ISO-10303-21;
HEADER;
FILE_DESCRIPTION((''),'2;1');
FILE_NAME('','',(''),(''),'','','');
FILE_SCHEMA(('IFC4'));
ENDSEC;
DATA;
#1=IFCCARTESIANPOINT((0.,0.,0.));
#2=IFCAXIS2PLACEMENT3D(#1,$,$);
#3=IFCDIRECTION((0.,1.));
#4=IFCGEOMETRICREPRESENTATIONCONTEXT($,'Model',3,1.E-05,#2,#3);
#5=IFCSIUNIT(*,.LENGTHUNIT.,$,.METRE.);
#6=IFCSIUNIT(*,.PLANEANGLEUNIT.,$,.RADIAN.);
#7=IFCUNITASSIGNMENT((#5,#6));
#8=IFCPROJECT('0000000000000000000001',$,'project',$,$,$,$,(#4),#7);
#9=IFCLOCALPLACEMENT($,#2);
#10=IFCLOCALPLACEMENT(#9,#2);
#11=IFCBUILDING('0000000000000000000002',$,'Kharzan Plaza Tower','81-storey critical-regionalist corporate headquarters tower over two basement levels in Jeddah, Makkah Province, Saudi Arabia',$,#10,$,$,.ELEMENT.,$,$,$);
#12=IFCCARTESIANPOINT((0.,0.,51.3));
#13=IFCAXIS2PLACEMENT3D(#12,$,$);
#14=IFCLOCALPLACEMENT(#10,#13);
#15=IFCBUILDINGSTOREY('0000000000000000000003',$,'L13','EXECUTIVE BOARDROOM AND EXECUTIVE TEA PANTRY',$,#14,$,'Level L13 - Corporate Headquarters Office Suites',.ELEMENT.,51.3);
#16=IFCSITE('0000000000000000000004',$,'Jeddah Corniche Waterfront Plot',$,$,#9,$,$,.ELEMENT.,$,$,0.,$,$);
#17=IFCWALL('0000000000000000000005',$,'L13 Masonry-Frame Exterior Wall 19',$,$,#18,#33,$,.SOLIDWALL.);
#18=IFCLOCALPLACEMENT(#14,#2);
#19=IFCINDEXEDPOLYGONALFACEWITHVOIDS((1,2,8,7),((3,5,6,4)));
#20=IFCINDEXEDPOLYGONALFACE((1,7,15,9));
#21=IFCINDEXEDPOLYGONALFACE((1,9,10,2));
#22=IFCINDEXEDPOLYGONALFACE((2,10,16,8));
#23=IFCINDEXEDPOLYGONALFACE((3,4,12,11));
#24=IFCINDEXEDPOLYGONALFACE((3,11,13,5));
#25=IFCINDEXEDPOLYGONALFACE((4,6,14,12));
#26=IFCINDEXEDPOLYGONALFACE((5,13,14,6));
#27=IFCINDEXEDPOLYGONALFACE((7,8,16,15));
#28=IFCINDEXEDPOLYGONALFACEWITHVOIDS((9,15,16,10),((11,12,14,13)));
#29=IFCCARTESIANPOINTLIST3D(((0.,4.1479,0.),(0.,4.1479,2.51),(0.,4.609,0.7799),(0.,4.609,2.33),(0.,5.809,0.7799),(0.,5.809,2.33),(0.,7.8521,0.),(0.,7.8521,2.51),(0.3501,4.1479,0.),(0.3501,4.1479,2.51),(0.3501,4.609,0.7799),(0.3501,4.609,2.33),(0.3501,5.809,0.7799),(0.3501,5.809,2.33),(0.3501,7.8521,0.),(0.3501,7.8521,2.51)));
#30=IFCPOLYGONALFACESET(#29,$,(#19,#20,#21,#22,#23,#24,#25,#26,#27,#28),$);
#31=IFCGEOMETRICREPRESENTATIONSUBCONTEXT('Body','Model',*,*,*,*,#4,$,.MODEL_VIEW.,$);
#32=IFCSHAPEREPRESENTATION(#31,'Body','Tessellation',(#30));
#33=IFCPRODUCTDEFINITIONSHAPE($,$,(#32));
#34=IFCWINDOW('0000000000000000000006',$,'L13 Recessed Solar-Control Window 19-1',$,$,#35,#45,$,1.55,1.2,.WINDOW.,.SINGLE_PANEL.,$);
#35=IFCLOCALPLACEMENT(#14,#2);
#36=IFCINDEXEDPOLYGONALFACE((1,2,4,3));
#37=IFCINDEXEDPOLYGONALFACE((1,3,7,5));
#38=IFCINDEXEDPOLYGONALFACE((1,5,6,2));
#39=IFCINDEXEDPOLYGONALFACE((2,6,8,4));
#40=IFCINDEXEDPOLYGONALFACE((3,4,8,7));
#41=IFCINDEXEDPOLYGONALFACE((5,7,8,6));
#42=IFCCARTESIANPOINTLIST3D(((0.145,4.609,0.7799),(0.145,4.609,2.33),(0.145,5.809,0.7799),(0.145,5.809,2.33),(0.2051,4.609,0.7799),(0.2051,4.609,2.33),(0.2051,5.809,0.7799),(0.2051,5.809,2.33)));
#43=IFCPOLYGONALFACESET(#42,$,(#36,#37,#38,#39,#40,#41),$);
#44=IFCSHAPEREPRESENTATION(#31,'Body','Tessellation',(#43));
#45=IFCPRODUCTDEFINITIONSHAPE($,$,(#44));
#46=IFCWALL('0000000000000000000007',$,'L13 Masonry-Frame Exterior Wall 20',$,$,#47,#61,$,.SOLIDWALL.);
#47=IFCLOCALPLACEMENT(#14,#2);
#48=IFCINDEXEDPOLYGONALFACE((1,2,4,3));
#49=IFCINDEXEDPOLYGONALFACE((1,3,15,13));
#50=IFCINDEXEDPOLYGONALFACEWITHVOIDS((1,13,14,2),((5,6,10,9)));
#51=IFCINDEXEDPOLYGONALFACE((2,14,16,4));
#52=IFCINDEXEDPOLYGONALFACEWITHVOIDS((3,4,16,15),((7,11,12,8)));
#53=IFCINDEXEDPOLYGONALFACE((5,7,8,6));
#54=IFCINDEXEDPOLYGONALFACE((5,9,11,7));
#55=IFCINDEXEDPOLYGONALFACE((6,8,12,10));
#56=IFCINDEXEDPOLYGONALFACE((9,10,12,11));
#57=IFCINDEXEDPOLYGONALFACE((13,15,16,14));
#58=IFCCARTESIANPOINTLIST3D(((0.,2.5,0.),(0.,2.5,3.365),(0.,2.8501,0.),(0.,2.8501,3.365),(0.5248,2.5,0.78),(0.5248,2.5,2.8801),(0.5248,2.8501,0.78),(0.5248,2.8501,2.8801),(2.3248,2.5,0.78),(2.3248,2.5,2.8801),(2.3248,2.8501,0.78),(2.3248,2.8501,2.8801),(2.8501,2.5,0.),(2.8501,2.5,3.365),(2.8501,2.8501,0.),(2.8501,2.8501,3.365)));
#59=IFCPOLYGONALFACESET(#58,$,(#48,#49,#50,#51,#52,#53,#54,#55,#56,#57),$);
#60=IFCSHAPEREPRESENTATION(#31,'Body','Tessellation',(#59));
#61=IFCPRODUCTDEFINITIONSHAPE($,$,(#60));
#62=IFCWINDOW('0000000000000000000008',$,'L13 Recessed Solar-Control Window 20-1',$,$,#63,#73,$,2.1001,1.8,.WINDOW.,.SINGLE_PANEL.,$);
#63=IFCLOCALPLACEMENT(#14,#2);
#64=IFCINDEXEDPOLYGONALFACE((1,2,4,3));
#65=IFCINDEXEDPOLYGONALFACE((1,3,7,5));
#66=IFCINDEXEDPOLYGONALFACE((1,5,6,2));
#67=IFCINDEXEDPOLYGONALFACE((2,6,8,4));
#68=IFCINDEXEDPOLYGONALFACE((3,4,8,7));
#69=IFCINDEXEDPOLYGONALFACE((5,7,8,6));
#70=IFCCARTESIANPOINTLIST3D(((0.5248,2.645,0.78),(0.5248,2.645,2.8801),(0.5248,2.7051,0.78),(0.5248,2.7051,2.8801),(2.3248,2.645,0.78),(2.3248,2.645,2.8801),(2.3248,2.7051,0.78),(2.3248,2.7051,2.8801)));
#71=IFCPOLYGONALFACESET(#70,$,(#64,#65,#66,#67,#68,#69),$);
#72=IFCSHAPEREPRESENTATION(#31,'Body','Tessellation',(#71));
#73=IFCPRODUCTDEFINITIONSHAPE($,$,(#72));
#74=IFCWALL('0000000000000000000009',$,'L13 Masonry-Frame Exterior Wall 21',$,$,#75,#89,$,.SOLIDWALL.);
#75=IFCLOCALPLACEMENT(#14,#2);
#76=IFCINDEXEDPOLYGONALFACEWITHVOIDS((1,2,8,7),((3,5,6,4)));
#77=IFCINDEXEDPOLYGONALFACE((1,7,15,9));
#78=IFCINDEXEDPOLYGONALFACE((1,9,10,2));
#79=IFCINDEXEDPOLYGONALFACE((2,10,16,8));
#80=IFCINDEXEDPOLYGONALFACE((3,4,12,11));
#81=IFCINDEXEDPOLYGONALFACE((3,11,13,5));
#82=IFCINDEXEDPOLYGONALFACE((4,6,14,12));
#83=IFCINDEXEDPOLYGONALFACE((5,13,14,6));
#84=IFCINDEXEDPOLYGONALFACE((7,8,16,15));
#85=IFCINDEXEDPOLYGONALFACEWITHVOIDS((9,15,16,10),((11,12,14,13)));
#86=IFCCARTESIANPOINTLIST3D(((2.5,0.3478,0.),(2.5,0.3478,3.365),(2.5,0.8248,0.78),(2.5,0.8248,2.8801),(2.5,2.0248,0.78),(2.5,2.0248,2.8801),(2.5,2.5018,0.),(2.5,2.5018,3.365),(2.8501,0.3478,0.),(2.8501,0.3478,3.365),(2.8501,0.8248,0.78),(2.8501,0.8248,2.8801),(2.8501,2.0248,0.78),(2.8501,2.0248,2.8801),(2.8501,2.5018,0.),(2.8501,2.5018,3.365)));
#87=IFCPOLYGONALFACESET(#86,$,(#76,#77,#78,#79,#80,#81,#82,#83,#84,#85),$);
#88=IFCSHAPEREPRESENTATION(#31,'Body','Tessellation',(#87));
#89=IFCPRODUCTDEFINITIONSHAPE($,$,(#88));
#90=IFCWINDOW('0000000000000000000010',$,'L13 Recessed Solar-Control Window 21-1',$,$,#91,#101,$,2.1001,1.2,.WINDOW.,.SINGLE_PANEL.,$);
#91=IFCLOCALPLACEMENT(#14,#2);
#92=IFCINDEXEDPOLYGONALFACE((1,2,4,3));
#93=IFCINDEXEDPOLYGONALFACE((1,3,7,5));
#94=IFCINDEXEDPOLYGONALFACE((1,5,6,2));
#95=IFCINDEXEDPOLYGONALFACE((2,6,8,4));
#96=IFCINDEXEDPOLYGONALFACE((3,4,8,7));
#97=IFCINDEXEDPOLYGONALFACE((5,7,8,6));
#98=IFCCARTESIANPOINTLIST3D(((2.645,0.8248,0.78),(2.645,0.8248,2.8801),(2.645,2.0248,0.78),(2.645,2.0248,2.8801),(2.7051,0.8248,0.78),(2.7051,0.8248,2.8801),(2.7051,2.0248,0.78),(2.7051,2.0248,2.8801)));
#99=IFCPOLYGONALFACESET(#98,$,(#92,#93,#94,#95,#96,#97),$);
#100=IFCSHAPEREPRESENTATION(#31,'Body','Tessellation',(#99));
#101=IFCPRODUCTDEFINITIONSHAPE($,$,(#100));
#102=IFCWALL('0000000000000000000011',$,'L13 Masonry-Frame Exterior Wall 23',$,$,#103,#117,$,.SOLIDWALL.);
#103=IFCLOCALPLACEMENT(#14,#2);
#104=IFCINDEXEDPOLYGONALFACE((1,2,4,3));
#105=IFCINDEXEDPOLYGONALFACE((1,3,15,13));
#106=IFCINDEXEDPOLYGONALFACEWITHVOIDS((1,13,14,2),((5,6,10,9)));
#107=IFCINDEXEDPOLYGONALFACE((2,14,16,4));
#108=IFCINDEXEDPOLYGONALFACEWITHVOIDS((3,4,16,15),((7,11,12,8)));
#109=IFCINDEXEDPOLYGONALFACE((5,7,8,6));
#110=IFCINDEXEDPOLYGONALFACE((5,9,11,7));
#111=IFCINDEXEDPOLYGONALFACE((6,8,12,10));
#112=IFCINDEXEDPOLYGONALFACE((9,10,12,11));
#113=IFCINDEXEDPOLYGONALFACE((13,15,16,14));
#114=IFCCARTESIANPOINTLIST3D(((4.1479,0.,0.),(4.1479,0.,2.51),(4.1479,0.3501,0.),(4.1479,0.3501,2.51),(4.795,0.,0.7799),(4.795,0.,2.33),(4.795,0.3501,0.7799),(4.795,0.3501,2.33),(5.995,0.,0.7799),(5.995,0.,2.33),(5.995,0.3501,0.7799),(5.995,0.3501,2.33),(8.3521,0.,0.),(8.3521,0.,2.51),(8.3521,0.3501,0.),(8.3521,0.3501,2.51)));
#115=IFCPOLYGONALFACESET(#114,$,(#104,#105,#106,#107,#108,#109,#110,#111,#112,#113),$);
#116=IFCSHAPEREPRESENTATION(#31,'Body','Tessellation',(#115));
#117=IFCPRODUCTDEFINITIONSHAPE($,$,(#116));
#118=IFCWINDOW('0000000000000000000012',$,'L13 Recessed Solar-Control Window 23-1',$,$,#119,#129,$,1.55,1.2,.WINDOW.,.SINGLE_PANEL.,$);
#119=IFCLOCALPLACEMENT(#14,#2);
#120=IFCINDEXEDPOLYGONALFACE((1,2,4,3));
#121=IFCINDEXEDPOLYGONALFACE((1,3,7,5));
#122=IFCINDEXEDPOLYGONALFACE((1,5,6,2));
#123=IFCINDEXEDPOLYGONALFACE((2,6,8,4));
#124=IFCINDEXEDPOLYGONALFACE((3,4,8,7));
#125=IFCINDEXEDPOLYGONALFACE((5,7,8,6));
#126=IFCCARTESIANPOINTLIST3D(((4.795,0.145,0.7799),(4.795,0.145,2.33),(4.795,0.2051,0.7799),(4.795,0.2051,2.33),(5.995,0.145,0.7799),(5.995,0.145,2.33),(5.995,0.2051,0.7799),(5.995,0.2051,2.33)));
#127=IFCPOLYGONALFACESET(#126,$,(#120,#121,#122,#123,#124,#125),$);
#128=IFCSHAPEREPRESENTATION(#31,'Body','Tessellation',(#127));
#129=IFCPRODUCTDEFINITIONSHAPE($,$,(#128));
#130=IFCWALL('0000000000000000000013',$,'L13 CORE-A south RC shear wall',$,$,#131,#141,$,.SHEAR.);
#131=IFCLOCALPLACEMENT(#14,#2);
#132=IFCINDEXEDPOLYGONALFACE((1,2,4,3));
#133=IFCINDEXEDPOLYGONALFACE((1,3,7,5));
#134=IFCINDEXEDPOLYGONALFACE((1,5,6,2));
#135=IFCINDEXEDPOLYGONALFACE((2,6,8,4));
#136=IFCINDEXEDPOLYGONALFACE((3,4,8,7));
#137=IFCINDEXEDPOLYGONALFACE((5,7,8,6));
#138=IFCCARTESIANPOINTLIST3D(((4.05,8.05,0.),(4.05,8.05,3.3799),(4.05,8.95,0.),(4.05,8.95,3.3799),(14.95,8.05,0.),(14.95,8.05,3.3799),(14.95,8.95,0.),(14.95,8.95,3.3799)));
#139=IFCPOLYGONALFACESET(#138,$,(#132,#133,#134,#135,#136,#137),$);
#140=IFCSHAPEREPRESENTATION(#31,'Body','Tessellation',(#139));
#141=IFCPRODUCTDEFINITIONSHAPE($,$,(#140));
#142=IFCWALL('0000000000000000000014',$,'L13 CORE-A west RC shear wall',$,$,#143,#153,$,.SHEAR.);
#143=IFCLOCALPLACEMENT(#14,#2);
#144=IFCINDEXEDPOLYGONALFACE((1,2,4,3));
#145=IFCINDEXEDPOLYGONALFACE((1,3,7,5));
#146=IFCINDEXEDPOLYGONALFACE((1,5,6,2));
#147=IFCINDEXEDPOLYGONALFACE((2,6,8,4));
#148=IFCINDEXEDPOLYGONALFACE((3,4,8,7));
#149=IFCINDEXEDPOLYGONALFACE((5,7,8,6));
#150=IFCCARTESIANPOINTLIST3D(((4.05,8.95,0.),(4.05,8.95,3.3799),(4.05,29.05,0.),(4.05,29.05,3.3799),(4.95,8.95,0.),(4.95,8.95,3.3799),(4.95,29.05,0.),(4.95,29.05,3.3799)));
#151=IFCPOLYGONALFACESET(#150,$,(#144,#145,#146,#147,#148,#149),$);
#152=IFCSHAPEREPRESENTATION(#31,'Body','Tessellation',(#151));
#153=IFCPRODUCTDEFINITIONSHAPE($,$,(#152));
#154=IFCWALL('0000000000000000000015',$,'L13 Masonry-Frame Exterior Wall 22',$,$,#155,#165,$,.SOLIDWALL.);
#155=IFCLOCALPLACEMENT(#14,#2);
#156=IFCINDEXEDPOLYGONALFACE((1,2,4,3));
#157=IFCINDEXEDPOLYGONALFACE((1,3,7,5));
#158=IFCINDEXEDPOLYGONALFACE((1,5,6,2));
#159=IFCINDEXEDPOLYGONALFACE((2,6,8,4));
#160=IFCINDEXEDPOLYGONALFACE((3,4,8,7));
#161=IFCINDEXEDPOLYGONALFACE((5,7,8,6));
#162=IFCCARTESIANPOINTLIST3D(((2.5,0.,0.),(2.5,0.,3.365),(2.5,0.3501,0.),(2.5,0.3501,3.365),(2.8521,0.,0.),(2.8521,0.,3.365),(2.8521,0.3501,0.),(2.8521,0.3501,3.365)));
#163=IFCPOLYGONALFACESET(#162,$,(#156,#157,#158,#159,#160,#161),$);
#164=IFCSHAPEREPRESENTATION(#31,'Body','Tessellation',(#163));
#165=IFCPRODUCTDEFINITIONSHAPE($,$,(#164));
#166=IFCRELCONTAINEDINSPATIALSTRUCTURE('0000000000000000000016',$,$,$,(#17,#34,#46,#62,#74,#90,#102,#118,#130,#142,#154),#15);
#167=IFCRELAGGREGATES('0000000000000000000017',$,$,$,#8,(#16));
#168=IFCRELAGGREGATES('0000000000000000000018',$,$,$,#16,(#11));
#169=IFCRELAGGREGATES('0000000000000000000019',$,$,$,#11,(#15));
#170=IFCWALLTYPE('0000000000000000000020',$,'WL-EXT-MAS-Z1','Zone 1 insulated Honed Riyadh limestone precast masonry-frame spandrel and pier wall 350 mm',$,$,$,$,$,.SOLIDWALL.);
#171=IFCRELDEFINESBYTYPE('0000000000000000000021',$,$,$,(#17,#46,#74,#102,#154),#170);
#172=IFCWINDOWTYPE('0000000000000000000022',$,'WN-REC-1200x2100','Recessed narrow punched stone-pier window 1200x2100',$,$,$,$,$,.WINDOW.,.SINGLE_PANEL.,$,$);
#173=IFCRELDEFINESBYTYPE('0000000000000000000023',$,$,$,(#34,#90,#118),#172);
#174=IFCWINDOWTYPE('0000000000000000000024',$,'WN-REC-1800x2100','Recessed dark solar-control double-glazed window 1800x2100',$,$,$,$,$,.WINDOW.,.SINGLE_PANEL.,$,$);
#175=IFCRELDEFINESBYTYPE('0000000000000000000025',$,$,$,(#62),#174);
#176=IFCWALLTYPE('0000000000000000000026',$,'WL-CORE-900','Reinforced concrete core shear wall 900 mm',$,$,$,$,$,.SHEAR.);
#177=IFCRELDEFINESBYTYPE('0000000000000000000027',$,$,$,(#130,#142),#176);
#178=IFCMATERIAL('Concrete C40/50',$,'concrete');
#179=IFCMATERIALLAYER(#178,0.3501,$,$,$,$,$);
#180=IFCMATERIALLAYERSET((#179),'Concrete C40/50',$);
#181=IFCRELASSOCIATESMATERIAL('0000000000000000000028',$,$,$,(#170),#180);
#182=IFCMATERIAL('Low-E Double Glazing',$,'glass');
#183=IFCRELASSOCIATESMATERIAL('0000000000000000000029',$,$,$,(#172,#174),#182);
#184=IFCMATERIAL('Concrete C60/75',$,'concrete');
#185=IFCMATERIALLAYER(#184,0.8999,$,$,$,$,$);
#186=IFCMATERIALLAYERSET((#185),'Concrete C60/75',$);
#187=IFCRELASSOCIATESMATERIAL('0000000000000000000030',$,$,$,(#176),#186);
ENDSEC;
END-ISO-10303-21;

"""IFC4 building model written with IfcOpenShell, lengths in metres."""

from ifc_helpers import new_model, si_unit, direction, frame, frame_2d, origin, place, context, subcontext, project, spatial, rectangle, extrude, source, transform, mapped, material, layer, layer_set, type_object, element, fill, save


model = new_model("IFC4")

# Units and contexts
model_context = context("Model", 3, precision=1e-05, world=origin(), true_north=direction((0.0, 1.0)))
body_context = subcontext(model_context, "Body", "Model", "MODEL_VIEW")
ifc_project = project(units=[si_unit("LENGTHUNIT", "METRE"), si_unit("PLANEANGLEUNIT", "RADIAN")], contexts=[model_context])

# Site, building, storey
site_placement = place(None, origin())
site = spatial("IfcSite", under=ifc_project, at=site_placement, Name="Jeddah Corniche Waterfront Plot", CompositionType="ELEMENT", RefElevation=0.0)
building_placement = place(site_placement, origin())
building = spatial("IfcBuilding", under=site, at=building_placement, Name="Kharzan Plaza Tower", Description="81-storey critical-regionalist corporate headquarters tower over two basement levels in Jeddah, Makkah Province, Saudi Arabia", CompositionType="ELEMENT")
storey_placement = place(building_placement, frame((0.0, 0.0, 51.3)))
storey = spatial("IfcBuildingStorey", under=building, at=storey_placement, Name="L13", Description="EXECUTIVE BOARDROOM AND EXECUTIVE TEA PANTRY", LongName="Level L13 - Corporate Headquarters Office Suites", CompositionType="ELEMENT", Elevation=51.3)

# Shared definitions
ifc_material_1 = material(Name="Concrete C60/75", Category="concrete")

# Shared definitions
ifc_material_2 = material(Name="Concrete C40/50", Category="concrete")

# Walls, openings, windows
ifc_layer_1 = layer(ifc_material_2, 0.3501)
ifc_layer_set_1 = layer_set([ifc_layer_1], Name="Concrete C40/50")
wall_type_1 = type_object("IfcWallType", Name="WL-EXT-MAS-Z1", Description="Zone 1 insulated Honed Riyadh limestone precast masonry-frame spandrel and pier wall 350 mm", PredefinedType="SOLIDWALL", material=ifc_layer_set_1)
wall_1_placement = place(storey_placement, frame((0.175, 7.8521, 0.0), z_axis=(0.0, 0.0, 1.0), x_axis=(0.0, -1.0, 0.0)))
wall_1 = element("IfcWall", 1, at=wall_1_placement, inside=storey, type_object=wall_type_1, Name="L13 Masonry-Frame Exterior Wall 19", PredefinedType="SOLIDWALL", context=body_context, shape_type="SweptSolid", body=[
    extrude(rectangle(XDim=3.7041, YDim=0.3501, at=frame_2d((1.8521, 0.0))), origin(), (0.0, 0.0, 1.0), 2.51),
])
opening_1_placement = place(wall_1_placement, frame((2.043, 0.0, 0.78)))
opening_1 = element("IfcOpeningElement", 2, at=opening_1_placement, cuts=wall_1, PredefinedType="OPENING", context=body_context, shape_type="SweptSolid", body=[
    extrude(rectangle(XDim=1.2, YDim=1.55, at=frame_2d((0.6001, 0.7749))), frame((0.0, 0.1851, 0.0), z_axis=(0.0, -1.0, 0.0), x_axis=(1.0, 0.0, 0.0)), (0.0, 0.0, 1.0), 0.3701),
])
ifc_material_3 = material(Name="Low-E Double Glazing", Category="glass")
window_type_1 = type_object("IfcWindowType", Name="WN-REC-1200x2100", Description="Recessed narrow punched stone-pier window 1200x2100", PartitioningType="SINGLE_PANEL", PredefinedType="WINDOW", material=ifc_material_3)
shared_shape_1 = source(origin(), body_context, "Body", "SweptSolid", [
    extrude(rectangle(XDim=1.2, YDim=1.55, at=frame_2d((0.6001, 0.7749))), frame((0.0, 0.03, 0.0), z_axis=(0.0, -1.0, 0.0), x_axis=(1.0, 0.0, 0.0)), (0.0, 0.0, 1.0), 0.0601),
])
window_1_placement = place(opening_1_placement, origin())
window_1 = element("IfcWindow", 3, at=window_1_placement, inside=storey, type_object=window_type_1, Name="L13 Recessed Solar-Control Window 19-1", OverallHeight=1.55, OverallWidth=1.2, PartitioningType="SINGLE_PANEL", PredefinedType="WINDOW", context=body_context, shape_type="MappedRepresentation", body=[
    mapped(shared_shape_1, transform((0.0, 0.0, 0.0), x_axis=(1.0, 0.0, 0.0), y_axis=(0.0, 1.0, 0.0), z_axis=(0.0, 0.0, 1.0))),
])
fill(opening_1, window_1)
wall_2_placement = place(storey_placement, frame((0.0, 2.675, 0.0), z_axis=(0.0, 0.0, 1.0), x_axis=(1.0, 0.0, 0.0)))
wall_2 = element("IfcWall", 4, at=wall_2_placement, inside=storey, type_object=wall_type_1, Name="L13 Masonry-Frame Exterior Wall 20", PredefinedType="SOLIDWALL", context=body_context, shape_type="SweptSolid", body=[
    extrude(rectangle(XDim=2.8501, YDim=0.3501, at=frame_2d((1.425, 0.0))), origin(), (0.0, 0.0, 1.0), 3.365),
])
opening_2_placement = place(wall_2_placement, frame((0.5249, 0.0, 0.78)))
opening_2 = element("IfcOpeningElement", 5, at=opening_2_placement, cuts=wall_2, PredefinedType="OPENING", context=body_context, shape_type="SweptSolid", body=[
    extrude(rectangle(XDim=1.8, YDim=2.1001, at=frame_2d((0.8999, 1.05))), frame((0.0, 0.1851, 0.0), z_axis=(0.0, -1.0, 0.0), x_axis=(1.0, 0.0, 0.0)), (0.0, 0.0, 1.0), 0.3701),
])
window_type_2 = type_object("IfcWindowType", Name="WN-REC-1800x2100", Description="Recessed dark solar-control double-glazed window 1800x2100", PartitioningType="SINGLE_PANEL", PredefinedType="WINDOW", material=ifc_material_3)
shared_shape_2 = source(origin(), body_context, "Body", "SweptSolid", [
    extrude(rectangle(XDim=1.8, YDim=2.1001, at=frame_2d((0.8999, 1.05))), frame((0.0, 0.03, 0.0), z_axis=(0.0, -1.0, 0.0), x_axis=(1.0, 0.0, 0.0)), (0.0, 0.0, 1.0), 0.0601),
])
window_2_placement = place(opening_2_placement, origin())
window_2 = element("IfcWindow", 6, at=window_2_placement, inside=storey, type_object=window_type_2, Name="L13 Recessed Solar-Control Window 20-1", OverallHeight=2.1001, OverallWidth=1.8, PartitioningType="SINGLE_PANEL", PredefinedType="WINDOW", context=body_context, shape_type="MappedRepresentation", body=[
    mapped(shared_shape_2, transform((0.0, 0.0, 0.0), x_axis=(1.0, 0.0, 0.0), y_axis=(0.0, 1.0, 0.0), z_axis=(0.0, 0.0, 1.0))),
])
fill(opening_2, window_2)
wall_3_placement = place(storey_placement, frame((2.675, 2.502, 0.0), z_axis=(0.0, 0.0, 1.0), x_axis=(0.0, -1.0, 0.0)))
wall_3 = element("IfcWall", 7, at=wall_3_placement, inside=storey, type_object=wall_type_1, Name="L13 Masonry-Frame Exterior Wall 21", PredefinedType="SOLIDWALL", context=body_context, shape_type="SweptSolid", body=[
    extrude(rectangle(XDim=2.1541, YDim=0.3501, at=frame_2d((1.0771, 0.0))), origin(), (0.0, 0.0, 1.0), 3.365),
])
opening_3_placement = place(wall_3_placement, frame((0.4771, 0.0, 0.78)))
opening_3 = element("IfcOpeningElement", 8, at=opening_3_placement, cuts=wall_3, PredefinedType="OPENING", context=body_context, shape_type="SweptSolid", body=[
    extrude(rectangle(XDim=1.2, YDim=2.1001, at=frame_2d((0.6001, 1.05))), frame((0.0, 0.1851, 0.0), z_axis=(0.0, -1.0, 0.0), x_axis=(1.0, 0.0, 0.0)), (0.0, 0.0, 1.0), 0.3701),
])
shared_shape_3 = source(origin(), body_context, "Body", "SweptSolid", [
    extrude(rectangle(XDim=1.2, YDim=2.1001, at=frame_2d((0.6001, 1.05))), frame((0.0, 0.03, 0.0), z_axis=(0.0, -1.0, 0.0), x_axis=(1.0, 0.0, 0.0)), (0.0, 0.0, 1.0), 0.0601),
])
window_3_placement = place(opening_3_placement, origin())
window_3 = element("IfcWindow", 9, at=window_3_placement, inside=storey, type_object=window_type_1, Name="L13 Recessed Solar-Control Window 21-1", OverallHeight=2.1001, OverallWidth=1.2, PartitioningType="SINGLE_PANEL", PredefinedType="WINDOW", context=body_context, shape_type="MappedRepresentation", body=[
    mapped(shared_shape_3, transform((0.0, 0.0, 0.0), x_axis=(1.0, 0.0, 0.0), y_axis=(0.0, 1.0, 0.0), z_axis=(0.0, 0.0, 1.0))),
])
fill(opening_3, window_3)
wall_4_placement = place(storey_placement, frame((4.1479, 0.175, 0.0), z_axis=(0.0, 0.0, 1.0), x_axis=(1.0, 0.0, 0.0)))
wall_4 = element("IfcWall", 10, at=wall_4_placement, inside=storey, type_object=wall_type_1, Name="L13 Masonry-Frame Exterior Wall 23", PredefinedType="SOLIDWALL", context=body_context, shape_type="SweptSolid", body=[
    extrude(rectangle(XDim=4.2041, YDim=0.3501, at=frame_2d((2.1021, 0.0))), origin(), (0.0, 0.0, 1.0), 2.51),
])
opening_4_placement = place(wall_4_placement, frame((0.647, 0.0, 0.78)))
opening_4 = element("IfcOpeningElement", 11, at=opening_4_placement, cuts=wall_4, PredefinedType="OPENING", context=body_context, shape_type="SweptSolid", body=[
    extrude(rectangle(XDim=1.2, YDim=1.55, at=frame_2d((0.6001, 0.7749))), frame((0.0, 0.1851, 0.0), z_axis=(0.0, -1.0, 0.0), x_axis=(1.0, 0.0, 0.0)), (0.0, 0.0, 1.0), 0.3701),
])
window_4_placement = place(opening_4_placement, origin())
window_4 = element("IfcWindow", 12, at=window_4_placement, inside=storey, type_object=window_type_1, Name="L13 Recessed Solar-Control Window 23-1", OverallHeight=1.55, OverallWidth=1.2, PartitioningType="SINGLE_PANEL", PredefinedType="WINDOW", context=body_context, shape_type="MappedRepresentation", body=[
    mapped(shared_shape_1, transform((0.0, 0.0, 0.0), x_axis=(1.0, 0.0, 0.0), y_axis=(0.0, 1.0, 0.0), z_axis=(0.0, 0.0, 1.0))),
])
fill(opening_4, window_4)

# Walls
ifc_layer_2 = layer(ifc_material_1, 0.8999)
ifc_layer_set_2 = layer_set([ifc_layer_2], Name="Concrete C60/75")
wall_type_2 = type_object("IfcWallType", Name="WL-CORE-900", Description="Reinforced concrete core shear wall 900 mm", PredefinedType="SHEAR", material=ifc_layer_set_2)
shared_shape_4 = source(origin(), body_context, "Body", "SweptSolid", [
    extrude(rectangle(XDim=10.8999, YDim=0.8999, at=frame_2d((5.45, 0.0))), origin(), (0.0, 0.0, 1.0), 3.3799),
])
wall_5_placement = place(storey_placement, frame((4.05, 8.5, 0.0), z_axis=(0.0, 0.0, 1.0), x_axis=(1.0, 0.0, 0.0)))
element("IfcWall", 13, at=wall_5_placement, inside=storey, type_object=wall_type_2, Name="L13 CORE-A south RC shear wall", PredefinedType="SHEAR", context=body_context, shape_type="MappedRepresentation", body=[
    mapped(shared_shape_4, transform((0.0, 0.0, 0.0), x_axis=(1.0, 0.0, 0.0), y_axis=(0.0, 1.0, 0.0), z_axis=(0.0, 0.0, 1.0))),
])
shared_shape_5 = source(origin(), body_context, "Body", "SweptSolid", [
    extrude(rectangle(XDim=20.1001, YDim=0.8999, at=frame_2d((10.05, 0.0))), origin(), (0.0, 0.0, 1.0), 3.3799),
])
wall_6_placement = place(storey_placement, frame((4.5, 8.95, 0.0), z_axis=(0.0, 0.0, 1.0), x_axis=(0.0, 1.0, 0.0)))
element("IfcWall", 14, at=wall_6_placement, inside=storey, type_object=wall_type_2, Name="L13 CORE-A west RC shear wall", PredefinedType="SHEAR", context=body_context, shape_type="MappedRepresentation", body=[
    mapped(shared_shape_5, transform((0.0, 0.0, 0.0), x_axis=(1.0, 0.0, 0.0), y_axis=(0.0, 1.0, 0.0), z_axis=(0.0, 0.0, 1.0))),
])
shared_shape_6 = source(origin(), body_context, "Body", "SweptSolid", [
    extrude(rectangle(XDim=0.3521, YDim=0.3501, at=frame_2d((0.176, 0.0))), origin(), (0.0, 0.0, 1.0), 3.365),
])
wall_7_placement = place(storey_placement, frame((2.5, 0.175, 0.0), z_axis=(0.0, 0.0, 1.0), x_axis=(1.0, 0.0, 0.0)))
element("IfcWall", 15, at=wall_7_placement, inside=storey, type_object=wall_type_1, Name="L13 Masonry-Frame Exterior Wall 22", PredefinedType="SOLIDWALL", context=body_context, shape_type="MappedRepresentation", body=[
    mapped(shared_shape_6, transform((0.0, 0.0, 0.0), x_axis=(1.0, 0.0, 0.0), y_axis=(0.0, 1.0, 0.0), z_axis=(0.0, 0.0, 1.0))),
])

save(model, "model.ifc")
